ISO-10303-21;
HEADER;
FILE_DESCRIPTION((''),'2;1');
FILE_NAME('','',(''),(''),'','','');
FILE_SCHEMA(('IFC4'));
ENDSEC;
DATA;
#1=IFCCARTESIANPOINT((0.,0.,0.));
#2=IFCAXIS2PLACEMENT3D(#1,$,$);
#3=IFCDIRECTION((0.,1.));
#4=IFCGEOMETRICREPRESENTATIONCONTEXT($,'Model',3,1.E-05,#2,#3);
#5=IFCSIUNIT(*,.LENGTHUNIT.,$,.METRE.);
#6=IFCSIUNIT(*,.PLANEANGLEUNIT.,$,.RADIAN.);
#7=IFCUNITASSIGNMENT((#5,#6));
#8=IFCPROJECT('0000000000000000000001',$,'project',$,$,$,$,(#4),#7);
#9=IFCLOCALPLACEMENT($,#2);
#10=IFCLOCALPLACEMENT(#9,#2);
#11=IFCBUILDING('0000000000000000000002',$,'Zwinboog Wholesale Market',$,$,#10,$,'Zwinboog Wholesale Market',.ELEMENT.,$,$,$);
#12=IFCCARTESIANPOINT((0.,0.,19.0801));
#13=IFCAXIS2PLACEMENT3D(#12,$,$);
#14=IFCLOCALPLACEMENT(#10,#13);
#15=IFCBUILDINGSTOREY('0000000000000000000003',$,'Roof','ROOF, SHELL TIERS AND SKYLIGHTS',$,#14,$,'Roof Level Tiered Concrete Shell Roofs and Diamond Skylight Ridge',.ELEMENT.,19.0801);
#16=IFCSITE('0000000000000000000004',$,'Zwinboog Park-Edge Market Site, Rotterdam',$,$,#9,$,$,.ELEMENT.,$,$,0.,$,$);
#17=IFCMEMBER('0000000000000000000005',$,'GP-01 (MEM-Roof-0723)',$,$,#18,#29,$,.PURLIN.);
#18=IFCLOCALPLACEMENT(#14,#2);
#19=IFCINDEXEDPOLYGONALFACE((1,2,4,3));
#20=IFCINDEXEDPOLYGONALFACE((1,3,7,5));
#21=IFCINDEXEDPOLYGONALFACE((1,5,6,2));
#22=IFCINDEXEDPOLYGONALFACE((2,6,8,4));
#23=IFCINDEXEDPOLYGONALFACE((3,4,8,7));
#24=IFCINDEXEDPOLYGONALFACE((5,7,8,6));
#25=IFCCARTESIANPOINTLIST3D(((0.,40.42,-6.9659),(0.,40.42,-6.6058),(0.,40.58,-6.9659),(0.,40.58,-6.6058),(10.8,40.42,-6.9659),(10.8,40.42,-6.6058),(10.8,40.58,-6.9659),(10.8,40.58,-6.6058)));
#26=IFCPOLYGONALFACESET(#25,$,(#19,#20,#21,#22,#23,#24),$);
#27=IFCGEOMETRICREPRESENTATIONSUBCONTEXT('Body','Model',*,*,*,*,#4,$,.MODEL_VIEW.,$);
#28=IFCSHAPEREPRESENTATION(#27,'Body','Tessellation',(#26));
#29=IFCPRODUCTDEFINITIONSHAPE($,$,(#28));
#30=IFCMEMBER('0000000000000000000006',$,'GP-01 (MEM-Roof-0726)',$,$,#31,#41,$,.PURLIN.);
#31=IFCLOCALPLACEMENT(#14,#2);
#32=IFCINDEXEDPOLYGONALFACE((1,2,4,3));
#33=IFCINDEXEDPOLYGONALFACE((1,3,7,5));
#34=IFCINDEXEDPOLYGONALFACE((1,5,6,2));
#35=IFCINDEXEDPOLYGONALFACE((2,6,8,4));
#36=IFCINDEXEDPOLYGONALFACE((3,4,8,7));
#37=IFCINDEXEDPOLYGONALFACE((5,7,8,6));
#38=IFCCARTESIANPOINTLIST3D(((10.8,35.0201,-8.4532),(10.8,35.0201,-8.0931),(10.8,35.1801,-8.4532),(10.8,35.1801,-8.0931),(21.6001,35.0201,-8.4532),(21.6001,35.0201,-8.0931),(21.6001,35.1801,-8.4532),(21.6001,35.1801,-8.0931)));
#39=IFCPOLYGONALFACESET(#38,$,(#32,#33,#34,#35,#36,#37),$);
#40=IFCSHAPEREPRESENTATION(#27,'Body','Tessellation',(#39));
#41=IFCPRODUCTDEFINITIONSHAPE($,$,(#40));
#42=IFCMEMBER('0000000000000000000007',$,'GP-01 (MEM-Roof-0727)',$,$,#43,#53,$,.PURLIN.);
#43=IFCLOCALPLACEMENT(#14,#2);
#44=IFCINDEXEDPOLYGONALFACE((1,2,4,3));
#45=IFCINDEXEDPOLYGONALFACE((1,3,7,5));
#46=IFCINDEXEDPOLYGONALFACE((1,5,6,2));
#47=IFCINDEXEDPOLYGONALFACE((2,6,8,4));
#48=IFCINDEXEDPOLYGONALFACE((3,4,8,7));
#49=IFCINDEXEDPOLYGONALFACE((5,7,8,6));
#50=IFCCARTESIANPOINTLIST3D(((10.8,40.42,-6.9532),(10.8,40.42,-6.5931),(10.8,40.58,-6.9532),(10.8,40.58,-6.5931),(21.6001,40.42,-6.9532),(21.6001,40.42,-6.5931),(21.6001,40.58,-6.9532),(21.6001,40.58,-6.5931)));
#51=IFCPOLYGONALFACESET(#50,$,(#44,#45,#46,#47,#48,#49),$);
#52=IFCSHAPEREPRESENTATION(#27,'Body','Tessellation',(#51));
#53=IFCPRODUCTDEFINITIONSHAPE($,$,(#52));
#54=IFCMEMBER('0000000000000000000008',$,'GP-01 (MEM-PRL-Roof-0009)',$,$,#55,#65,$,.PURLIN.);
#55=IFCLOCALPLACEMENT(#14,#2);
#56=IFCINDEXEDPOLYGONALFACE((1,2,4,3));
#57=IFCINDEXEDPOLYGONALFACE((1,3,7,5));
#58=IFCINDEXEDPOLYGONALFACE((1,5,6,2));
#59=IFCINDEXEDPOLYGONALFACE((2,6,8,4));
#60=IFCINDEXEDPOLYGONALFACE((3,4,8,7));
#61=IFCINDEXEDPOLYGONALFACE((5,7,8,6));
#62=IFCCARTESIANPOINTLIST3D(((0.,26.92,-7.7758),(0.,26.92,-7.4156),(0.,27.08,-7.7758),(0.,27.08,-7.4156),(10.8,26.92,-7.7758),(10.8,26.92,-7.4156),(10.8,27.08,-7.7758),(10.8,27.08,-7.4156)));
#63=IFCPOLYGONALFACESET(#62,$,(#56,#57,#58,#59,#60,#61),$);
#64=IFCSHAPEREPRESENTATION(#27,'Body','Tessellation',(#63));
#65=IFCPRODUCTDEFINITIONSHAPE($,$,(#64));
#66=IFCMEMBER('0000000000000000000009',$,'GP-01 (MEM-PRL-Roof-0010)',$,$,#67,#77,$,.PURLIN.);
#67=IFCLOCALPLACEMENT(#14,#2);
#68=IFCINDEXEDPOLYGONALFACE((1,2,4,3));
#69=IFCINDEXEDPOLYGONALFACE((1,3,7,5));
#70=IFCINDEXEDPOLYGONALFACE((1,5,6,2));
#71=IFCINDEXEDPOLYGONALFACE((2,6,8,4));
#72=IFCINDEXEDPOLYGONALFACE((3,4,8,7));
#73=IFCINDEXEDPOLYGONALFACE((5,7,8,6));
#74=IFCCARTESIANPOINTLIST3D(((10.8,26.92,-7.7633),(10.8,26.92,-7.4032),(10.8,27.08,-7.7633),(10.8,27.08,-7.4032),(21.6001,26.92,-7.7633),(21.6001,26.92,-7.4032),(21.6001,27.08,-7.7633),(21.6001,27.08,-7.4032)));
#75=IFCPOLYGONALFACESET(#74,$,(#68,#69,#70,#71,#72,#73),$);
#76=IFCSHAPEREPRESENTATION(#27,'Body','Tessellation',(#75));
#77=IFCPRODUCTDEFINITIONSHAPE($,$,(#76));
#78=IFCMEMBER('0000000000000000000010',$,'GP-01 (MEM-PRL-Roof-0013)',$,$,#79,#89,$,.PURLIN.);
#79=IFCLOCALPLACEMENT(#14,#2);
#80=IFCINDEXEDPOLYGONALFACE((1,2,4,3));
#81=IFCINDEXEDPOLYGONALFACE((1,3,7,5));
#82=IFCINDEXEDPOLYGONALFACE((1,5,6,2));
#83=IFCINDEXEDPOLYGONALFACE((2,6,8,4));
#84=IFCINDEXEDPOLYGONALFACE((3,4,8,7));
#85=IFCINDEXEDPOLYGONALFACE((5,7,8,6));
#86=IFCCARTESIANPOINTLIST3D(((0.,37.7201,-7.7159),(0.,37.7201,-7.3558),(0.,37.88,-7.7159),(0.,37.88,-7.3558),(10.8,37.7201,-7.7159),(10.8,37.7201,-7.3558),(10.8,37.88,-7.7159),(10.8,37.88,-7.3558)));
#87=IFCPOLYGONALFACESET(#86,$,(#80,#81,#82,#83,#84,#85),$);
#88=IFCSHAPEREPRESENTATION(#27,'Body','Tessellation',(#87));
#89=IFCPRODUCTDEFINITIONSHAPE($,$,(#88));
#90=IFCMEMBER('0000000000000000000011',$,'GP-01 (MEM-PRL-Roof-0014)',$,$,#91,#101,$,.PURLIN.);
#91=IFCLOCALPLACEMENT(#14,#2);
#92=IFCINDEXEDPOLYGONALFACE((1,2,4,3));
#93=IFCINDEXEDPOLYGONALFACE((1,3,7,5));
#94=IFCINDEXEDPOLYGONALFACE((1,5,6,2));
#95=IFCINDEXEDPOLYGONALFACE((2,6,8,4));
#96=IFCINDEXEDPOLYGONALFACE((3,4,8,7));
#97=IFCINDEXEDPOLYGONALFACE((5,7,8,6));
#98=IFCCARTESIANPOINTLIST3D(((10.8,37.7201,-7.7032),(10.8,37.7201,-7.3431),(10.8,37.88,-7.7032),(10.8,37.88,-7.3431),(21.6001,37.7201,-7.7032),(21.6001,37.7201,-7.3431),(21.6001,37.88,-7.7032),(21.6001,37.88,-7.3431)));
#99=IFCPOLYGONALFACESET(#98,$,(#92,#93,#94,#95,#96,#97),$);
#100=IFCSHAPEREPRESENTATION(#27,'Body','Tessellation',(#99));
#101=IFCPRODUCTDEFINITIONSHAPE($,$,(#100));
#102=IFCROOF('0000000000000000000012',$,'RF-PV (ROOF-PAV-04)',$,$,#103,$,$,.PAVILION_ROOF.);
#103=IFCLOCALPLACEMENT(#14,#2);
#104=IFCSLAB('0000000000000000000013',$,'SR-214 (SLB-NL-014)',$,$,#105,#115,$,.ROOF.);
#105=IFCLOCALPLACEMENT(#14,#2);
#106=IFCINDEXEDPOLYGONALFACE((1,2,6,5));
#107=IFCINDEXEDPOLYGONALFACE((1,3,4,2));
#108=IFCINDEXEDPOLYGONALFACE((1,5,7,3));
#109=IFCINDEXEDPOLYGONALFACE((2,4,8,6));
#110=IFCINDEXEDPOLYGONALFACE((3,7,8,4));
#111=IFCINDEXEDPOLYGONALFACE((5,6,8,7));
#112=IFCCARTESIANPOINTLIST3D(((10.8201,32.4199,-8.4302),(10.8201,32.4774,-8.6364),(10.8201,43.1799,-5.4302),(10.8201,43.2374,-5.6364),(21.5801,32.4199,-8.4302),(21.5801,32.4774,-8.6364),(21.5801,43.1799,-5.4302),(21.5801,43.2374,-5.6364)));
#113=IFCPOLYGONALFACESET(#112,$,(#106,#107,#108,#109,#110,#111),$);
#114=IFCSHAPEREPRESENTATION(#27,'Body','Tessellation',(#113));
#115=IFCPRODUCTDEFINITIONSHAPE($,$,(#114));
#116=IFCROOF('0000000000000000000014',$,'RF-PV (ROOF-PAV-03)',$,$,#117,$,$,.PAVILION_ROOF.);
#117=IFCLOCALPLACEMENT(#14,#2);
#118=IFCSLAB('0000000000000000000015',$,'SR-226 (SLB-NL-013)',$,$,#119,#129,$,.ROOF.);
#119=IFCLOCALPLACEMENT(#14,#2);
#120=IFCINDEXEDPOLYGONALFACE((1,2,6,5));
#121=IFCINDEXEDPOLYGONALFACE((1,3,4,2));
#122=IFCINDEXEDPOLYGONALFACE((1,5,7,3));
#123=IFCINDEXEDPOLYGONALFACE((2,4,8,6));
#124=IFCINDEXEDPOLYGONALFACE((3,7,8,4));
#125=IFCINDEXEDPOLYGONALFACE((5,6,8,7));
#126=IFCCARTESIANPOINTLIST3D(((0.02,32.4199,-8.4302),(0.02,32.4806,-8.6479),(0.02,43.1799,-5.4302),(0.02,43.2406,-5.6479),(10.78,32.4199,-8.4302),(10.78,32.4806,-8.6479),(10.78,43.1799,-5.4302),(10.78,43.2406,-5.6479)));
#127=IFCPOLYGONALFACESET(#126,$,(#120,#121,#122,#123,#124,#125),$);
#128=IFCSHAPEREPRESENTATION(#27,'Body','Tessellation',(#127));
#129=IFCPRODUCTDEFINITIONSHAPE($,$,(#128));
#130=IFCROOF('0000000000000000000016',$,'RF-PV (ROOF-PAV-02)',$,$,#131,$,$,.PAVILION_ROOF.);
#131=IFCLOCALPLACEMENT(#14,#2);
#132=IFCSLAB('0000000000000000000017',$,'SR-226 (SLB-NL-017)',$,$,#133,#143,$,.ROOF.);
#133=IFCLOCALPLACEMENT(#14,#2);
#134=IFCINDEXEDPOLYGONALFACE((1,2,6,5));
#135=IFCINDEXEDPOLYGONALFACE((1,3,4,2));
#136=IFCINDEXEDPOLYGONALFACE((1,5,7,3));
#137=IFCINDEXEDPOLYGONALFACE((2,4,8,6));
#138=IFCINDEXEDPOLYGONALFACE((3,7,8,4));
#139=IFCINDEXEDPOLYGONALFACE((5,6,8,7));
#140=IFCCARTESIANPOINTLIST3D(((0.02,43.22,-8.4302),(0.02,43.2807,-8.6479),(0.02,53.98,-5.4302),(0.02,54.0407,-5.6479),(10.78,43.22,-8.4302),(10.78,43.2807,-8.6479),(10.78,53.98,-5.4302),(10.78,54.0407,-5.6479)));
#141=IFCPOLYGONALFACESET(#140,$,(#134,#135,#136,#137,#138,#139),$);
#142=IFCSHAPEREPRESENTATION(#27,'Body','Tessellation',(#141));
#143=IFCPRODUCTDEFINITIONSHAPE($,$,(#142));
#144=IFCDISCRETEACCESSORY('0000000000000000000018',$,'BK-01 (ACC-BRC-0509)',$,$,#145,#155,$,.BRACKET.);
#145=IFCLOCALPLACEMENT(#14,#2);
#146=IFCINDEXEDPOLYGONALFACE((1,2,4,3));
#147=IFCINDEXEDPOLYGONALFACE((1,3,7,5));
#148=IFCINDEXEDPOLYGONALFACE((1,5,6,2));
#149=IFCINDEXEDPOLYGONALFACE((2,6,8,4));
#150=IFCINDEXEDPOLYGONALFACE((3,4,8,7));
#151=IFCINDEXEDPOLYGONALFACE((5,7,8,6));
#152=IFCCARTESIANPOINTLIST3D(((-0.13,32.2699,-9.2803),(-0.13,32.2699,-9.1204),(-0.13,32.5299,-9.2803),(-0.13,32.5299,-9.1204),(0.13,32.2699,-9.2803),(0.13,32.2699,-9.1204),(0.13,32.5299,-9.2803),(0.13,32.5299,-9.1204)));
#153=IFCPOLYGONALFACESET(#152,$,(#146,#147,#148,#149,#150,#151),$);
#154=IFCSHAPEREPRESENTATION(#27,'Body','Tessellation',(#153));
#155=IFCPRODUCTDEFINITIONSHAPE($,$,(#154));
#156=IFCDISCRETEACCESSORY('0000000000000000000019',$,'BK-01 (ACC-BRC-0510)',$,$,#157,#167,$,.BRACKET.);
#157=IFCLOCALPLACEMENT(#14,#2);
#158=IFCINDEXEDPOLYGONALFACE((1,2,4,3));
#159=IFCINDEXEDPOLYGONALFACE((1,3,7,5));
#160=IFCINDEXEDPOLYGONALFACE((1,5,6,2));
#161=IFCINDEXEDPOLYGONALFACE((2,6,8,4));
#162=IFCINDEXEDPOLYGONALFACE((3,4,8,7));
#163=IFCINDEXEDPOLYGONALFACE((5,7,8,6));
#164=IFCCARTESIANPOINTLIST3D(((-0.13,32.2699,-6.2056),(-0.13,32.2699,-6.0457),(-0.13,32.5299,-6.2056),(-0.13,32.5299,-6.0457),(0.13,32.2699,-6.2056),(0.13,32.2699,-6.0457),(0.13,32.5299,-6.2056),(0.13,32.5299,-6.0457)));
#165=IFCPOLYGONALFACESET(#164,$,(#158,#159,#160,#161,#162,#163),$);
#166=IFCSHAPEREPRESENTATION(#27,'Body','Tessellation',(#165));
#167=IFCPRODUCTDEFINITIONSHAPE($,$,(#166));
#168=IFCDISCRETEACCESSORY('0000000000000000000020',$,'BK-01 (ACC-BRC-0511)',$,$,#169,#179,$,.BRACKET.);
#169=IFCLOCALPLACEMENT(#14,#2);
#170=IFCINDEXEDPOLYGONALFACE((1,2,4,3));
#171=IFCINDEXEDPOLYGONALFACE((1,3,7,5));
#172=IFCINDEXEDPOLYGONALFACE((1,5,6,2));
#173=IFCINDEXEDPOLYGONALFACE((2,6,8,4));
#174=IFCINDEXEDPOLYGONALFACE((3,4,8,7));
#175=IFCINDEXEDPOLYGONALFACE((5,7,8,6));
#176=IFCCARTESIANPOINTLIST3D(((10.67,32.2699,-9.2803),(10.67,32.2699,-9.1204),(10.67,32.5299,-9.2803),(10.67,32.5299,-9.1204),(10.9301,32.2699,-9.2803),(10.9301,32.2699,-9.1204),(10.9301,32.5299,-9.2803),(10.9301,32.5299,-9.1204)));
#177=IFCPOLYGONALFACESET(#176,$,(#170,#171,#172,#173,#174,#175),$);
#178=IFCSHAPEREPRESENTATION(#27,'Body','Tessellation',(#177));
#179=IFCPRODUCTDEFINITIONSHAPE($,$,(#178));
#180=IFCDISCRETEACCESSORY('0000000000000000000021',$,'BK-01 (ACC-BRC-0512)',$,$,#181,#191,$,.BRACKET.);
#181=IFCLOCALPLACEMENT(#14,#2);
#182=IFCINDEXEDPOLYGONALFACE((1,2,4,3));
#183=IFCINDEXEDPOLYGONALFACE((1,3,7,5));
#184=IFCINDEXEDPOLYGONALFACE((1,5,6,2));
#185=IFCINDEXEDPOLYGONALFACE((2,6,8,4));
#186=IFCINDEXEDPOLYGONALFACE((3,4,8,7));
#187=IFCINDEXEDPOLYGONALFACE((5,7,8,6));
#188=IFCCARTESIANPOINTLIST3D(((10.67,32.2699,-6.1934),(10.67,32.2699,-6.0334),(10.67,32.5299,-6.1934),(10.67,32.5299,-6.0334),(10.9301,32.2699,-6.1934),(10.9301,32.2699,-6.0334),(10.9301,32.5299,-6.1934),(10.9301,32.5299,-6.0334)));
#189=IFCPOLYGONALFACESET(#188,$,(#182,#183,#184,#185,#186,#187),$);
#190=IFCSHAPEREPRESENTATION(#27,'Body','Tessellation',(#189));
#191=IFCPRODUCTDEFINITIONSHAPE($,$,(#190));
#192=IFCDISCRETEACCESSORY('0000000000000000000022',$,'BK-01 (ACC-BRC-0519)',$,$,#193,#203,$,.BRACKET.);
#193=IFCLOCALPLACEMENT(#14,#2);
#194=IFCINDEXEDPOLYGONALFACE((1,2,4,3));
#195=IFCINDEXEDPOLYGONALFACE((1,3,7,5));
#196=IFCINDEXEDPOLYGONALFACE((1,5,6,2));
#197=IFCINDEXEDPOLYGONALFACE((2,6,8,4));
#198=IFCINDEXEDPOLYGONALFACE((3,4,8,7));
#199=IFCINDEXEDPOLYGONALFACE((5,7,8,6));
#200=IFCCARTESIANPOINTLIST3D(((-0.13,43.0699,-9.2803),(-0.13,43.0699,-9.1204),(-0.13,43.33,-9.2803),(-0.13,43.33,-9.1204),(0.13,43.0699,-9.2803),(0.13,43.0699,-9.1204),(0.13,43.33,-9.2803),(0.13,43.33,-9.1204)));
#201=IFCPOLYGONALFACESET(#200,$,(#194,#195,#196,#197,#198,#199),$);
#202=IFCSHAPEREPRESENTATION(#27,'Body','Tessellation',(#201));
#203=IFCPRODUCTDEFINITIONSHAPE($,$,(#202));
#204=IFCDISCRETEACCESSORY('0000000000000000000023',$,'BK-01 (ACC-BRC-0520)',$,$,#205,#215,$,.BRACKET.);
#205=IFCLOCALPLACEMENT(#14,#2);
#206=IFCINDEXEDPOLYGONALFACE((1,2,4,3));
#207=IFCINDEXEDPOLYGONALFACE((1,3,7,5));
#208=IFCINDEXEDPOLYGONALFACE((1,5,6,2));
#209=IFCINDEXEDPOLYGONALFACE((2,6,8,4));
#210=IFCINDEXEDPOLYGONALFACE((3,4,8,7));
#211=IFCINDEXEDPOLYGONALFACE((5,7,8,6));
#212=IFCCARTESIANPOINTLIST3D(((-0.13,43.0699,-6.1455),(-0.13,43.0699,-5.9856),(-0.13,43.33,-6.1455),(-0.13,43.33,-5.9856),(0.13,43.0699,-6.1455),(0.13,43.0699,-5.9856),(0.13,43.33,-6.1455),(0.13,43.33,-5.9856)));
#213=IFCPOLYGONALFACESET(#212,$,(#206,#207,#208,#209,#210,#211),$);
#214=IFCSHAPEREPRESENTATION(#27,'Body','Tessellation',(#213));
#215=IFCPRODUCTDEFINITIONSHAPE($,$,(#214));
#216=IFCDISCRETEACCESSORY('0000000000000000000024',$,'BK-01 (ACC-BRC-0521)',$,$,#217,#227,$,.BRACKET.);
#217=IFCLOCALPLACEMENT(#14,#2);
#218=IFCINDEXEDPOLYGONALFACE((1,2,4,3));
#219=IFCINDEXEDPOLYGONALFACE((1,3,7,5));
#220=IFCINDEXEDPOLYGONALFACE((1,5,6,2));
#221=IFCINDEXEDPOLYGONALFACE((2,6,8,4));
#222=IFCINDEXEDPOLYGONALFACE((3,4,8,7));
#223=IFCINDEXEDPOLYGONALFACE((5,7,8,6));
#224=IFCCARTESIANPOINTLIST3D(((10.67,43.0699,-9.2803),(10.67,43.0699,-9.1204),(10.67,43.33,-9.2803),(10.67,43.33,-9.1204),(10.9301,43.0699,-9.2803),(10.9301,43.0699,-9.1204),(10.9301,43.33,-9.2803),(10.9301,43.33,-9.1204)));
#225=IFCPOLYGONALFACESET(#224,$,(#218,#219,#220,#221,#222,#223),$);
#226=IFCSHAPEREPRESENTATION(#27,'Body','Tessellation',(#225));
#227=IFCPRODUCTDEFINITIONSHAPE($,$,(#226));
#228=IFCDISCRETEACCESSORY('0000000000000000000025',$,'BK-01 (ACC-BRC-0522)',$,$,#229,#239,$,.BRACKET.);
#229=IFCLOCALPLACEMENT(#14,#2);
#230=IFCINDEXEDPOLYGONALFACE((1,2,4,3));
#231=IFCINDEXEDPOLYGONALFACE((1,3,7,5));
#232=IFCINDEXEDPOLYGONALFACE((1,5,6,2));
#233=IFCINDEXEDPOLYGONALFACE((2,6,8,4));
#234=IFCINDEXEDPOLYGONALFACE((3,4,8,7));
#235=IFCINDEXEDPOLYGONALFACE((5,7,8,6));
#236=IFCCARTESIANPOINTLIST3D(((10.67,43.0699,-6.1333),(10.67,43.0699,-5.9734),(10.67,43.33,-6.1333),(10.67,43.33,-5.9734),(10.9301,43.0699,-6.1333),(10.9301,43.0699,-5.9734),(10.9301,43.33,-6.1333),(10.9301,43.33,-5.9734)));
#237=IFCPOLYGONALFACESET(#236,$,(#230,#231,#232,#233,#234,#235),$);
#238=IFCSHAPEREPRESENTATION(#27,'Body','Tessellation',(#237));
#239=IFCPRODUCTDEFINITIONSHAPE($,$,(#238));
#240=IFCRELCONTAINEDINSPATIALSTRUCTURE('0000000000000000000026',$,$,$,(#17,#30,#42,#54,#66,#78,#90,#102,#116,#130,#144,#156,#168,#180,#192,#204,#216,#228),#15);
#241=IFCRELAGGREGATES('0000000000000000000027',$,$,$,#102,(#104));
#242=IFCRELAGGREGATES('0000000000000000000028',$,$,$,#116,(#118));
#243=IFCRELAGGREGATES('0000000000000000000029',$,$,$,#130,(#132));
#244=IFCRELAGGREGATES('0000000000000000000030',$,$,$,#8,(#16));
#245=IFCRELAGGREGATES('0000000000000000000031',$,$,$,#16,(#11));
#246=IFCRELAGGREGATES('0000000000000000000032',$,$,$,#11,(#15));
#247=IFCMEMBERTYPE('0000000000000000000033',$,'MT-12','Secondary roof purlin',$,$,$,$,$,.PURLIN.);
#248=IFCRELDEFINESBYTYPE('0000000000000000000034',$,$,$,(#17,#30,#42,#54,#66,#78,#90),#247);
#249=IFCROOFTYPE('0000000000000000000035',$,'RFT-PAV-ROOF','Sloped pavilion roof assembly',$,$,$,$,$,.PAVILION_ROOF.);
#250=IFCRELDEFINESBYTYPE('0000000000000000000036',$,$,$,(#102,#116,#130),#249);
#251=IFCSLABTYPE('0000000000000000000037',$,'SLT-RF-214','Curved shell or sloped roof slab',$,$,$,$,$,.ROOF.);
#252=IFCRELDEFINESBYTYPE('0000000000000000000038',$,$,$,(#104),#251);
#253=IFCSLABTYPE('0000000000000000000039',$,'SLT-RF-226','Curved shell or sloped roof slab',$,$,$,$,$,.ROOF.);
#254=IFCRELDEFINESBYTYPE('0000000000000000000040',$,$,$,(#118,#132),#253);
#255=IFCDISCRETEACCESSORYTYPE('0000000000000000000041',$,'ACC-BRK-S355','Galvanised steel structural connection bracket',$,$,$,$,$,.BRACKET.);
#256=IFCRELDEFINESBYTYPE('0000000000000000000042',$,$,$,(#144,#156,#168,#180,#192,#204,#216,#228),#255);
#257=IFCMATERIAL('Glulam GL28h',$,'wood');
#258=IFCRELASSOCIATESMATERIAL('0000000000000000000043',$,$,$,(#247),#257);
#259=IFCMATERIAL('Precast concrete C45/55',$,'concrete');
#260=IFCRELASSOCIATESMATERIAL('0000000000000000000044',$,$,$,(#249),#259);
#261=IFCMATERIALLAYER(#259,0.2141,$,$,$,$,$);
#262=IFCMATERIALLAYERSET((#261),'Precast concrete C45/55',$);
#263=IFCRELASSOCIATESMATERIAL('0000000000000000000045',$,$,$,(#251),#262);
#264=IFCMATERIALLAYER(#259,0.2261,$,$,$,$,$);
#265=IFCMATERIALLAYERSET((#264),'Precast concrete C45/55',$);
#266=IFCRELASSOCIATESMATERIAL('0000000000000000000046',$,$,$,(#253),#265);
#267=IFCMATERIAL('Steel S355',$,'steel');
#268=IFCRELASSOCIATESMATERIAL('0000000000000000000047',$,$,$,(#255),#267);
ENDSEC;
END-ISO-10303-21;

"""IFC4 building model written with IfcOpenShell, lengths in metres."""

from ifc_helpers import new_model, si_unit, direction, frame, origin, origin_2d, place, context, subcontext, project, spatial, polyline, rectangle, outline, extrude, material, layer, layer_set, material_profile, profile_set, type_object, element, aggregate, save


model = new_model("IFC4")

# Units and contexts
model_context = context("Model", 3, precision=1e-05, world=origin(), true_north=direction((0.0, 1.0)))
body_context = subcontext(model_context, "Body", "Model", "MODEL_VIEW")
ifc_project = project(units=[si_unit("LENGTHUNIT", "METRE"), si_unit("PLANEANGLEUNIT", "RADIAN")], contexts=[model_context])

# Site, building, storey
site_placement = place(None, origin())
site = spatial("IfcSite", under=ifc_project, at=site_placement, Name="Zwinboog Park-Edge Market Site, Rotterdam", CompositionType="ELEMENT", RefElevation=0.0)
building_placement = place(site_placement, origin())
building = spatial("IfcBuilding", under=site, at=building_placement, Name="Zwinboog Wholesale Market", LongName="Zwinboog Wholesale Market", CompositionType="ELEMENT")
storey_placement = place(building_placement, frame((0.0, 0.0, 19.0801)))
storey = spatial("IfcBuildingStorey", under=building, at=storey_placement, Name="Roof", Description="ROOF, SHELL TIERS AND SKYLIGHTS", LongName="Roof Level Tiered Concrete Shell Roofs and Diamond Skylight Ridge", CompositionType="ELEMENT", Elevation=19.0801)

# Shared definitions
ifc_material_1 = material(Name="Precast concrete C45/55", Category="concrete")

# Members
ifc_material_2 = material(Name="Steel S355", Category="steel")
ifc_material_3 = material(Name="Glulam GL28h", Category="wood")
ifc_material_profile_1 = material_profile(ifc_material_3, rectangle(XDim=0.1599, YDim=0.3601, at=origin_2d()), Name="GL28h 160x360")
ifc_profile_set_1 = profile_set([ifc_material_profile_1], Name="Glulam GL28h")
member_type_1 = type_object("IfcMemberType", Name="MT-12", Description="Secondary roof purlin", PredefinedType="PURLIN", material=ifc_profile_set_1)
for number, where, z_axis, x_axis, name in (
    (1, (0.0, 40.5, -6.7859), (1.0, 0.0, 0.0), (0.0, 1.0, 0.0), "GP-01 (MEM-Roof-0723)"),
    (2, (10.8, 35.1001, -8.2732), (1.0, 0.0, 0.0), (0.0, 1.0, 0.0), "GP-01 (MEM-Roof-0726)"),
    (3, (10.8, 40.5, -6.7732), (1.0, 0.0, 0.0), (0.0, 1.0, 0.0), "GP-01 (MEM-Roof-0727)"),
    (4, (0.0, 27.0, -7.5957), (1.0, 0.0, 0.0), (0.0, 1.0, 0.0), "GP-01 (MEM-PRL-Roof-0009)"),
    (5, (10.8, 27.0, -7.5833), (1.0, 0.0, 0.0), (0.0, 1.0, 0.0), "GP-01 (MEM-PRL-Roof-0010)"),
    (6, (0.0, 37.8, -7.5359), (1.0, 0.0, 0.0), (0.0, 1.0, 0.0), "GP-01 (MEM-PRL-Roof-0013)"),
    (7, (10.8, 37.8, -7.5232), (1.0, 0.0, 0.0), (0.0, 1.0, 0.0), "GP-01 (MEM-PRL-Roof-0014)"),
):
    element("IfcMember", number, at=place(storey_placement, frame(where, z_axis=z_axis, x_axis=x_axis)), inside=storey, type_object=member_type_1, Name=name, PredefinedType="PURLIN", context=body_context, shape_type="SweptSolid", body=[
        extrude(rectangle(XDim=0.1599, YDim=0.3601, at=origin_2d()), origin(), (0.0, 0.0, 1.0), 10.8),
    ])

# Roofs, slabs
roof_type = type_object("IfcRoofType", Name="RFT-PAV-ROOF", Description="Sloped pavilion roof assembly", PredefinedType="PAVILION_ROOF", material=ifc_material_1)
roof_1_placement = place(storey_placement, origin())
roof_1 = element("IfcRoof", 8, at=roof_1_placement, inside=storey, type_object=roof_type, Name="RF-PV (ROOF-PAV-04)", PredefinedType="PAVILION_ROOF")
ifc_layer_1 = layer(ifc_material_1, 0.2141)
ifc_layer_set_1 = layer_set([ifc_layer_1], Name="Precast concrete C45/55")
slab_type_1 = type_object("IfcSlabType", Name="SLT-RF-214", Description="Curved shell or sloped roof slab", PredefinedType="ROOF", material=ifc_layer_set_1)
slab_1_placement = place(storey_placement, frame((10.8201, 32.4199, -8.4302), z_axis=(0.0, -0.268567, 0.963261), x_axis=(1.0, 0.0, 0.0)))
slab_1 = element("IfcSlab", 9, at=slab_1_placement, type_object=slab_type_1, Name="SR-214 (SLB-NL-014)", PredefinedType="ROOF", context=body_context, shape_type="SweptSolid", body=[
    extrude(outline(polyline([(0.0, 0.0), (10.76, 0.0), (10.76, 11.1704), (0.0, 11.1704), (0.0, 0.0)])), origin(), (0.0, 0.0, -1.0), 0.2141),
])
aggregate(roof_1, [slab_1])
roof_2_placement = place(storey_placement, origin())
roof_2 = element("IfcRoof", 10, at=roof_2_placement, inside=storey, type_object=roof_type, Name="RF-PV (ROOF-PAV-03)", PredefinedType="PAVILION_ROOF")
ifc_layer_2 = layer(ifc_material_1, 0.2261)
ifc_layer_set_2 = layer_set([ifc_layer_2], Name="Precast concrete C45/55")
slab_type_2 = type_object("IfcSlabType", Name="SLT-RF-226", Description="Curved shell or sloped roof slab", PredefinedType="ROOF", material=ifc_layer_set_2)
slab_2_placement = place(storey_placement, frame((0.02, 32.4199, -8.4302), z_axis=(0.0, -0.268567, 0.963261), x_axis=(1.0, 0.0, 0.0)))
slab_2 = element("IfcSlab", 11, at=slab_2_placement, type_object=slab_type_2, Name="SR-226 (SLB-NL-013)", PredefinedType="ROOF", context=body_context, shape_type="SweptSolid", body=[
    extrude(outline(polyline([(0.0, 0.0), (10.76, 0.0), (10.76, 11.1704), (0.0, 11.1704), (0.0, 0.0)])), origin(), (0.0, 0.0, -1.0), 0.2261),
])
aggregate(roof_2, [slab_2])
roof_3_placement = place(storey_placement, origin())
roof_3 = element("IfcRoof", 12, at=roof_3_placement, inside=storey, type_object=roof_type, Name="RF-PV (ROOF-PAV-02)", PredefinedType="PAVILION_ROOF")
slab_3_placement = place(storey_placement, frame((0.02, 43.22, -8.4302), z_axis=(0.0, -0.268567, 0.963261), x_axis=(1.0, 0.0, 0.0)))
slab_3 = element("IfcSlab", 13, at=slab_3_placement, type_object=slab_type_2, Name="SR-226 (SLB-NL-017)", PredefinedType="ROOF", context=body_context, shape_type="SweptSolid", body=[
    extrude(outline(polyline([(0.0, 0.0), (10.76, 0.0), (10.76, 11.1704), (0.0, 11.1704), (0.0, 0.0)])), origin(), (0.0, 0.0, -1.0), 0.2261),
])
aggregate(roof_3, [slab_3])

# Discrete accessories
discrete_accessory_type = type_object("IfcDiscreteAccessoryType", Name="ACC-BRK-S355", Description="Galvanised steel structural connection bracket", PredefinedType="BRACKET", material=ifc_material_2)
for number, where, z_axis, x_axis, name in (
    (14, (0.0, 32.3999, -9.2803), (0.0, 0.0, 1.0), (1.0, 0.0, 0.0), "BK-01 (ACC-BRC-0509)"),
    (15, (0.0, 32.3999, -6.2056), (0.0, 0.0, 1.0), (1.0, 0.0, 0.0), "BK-01 (ACC-BRC-0510)"),
    (16, (10.8, 32.3999, -9.2803), (0.0, 0.0, 1.0), (1.0, 0.0, 0.0), "BK-01 (ACC-BRC-0511)"),
    (17, (10.8, 32.3999, -6.1934), (0.0, 0.0, 1.0), (1.0, 0.0, 0.0), "BK-01 (ACC-BRC-0512)"),
    (18, (0.0, 43.2, -9.2803), (0.0, 0.0, 1.0), (1.0, 0.0, 0.0), "BK-01 (ACC-BRC-0519)"),
    (19, (0.0, 43.2, -6.1455), (0.0, 0.0, 1.0), (1.0, 0.0, 0.0), "BK-01 (ACC-BRC-0520)"),
    (20, (10.8, 43.2, -9.2803), (0.0, 0.0, 1.0), (1.0, 0.0, 0.0), "BK-01 (ACC-BRC-0521)"),
    (21, (10.8, 43.2, -6.1333), (0.0, 0.0, 1.0), (1.0, 0.0, 0.0), "BK-01 (ACC-BRC-0522)"),
):
    element("IfcDiscreteAccessory", number, at=place(storey_placement, frame(where, z_axis=z_axis, x_axis=x_axis)), inside=storey, type_object=discrete_accessory_type, Name=name, PredefinedType="BRACKET", context=body_context, shape_type="SweptSolid", body=[
        extrude(rectangle(XDim=0.26, YDim=0.26, at=origin_2d()), origin(), (0.0, 0.0, 1.0), 0.1599),
    ])

save(model, "model.ifc")
